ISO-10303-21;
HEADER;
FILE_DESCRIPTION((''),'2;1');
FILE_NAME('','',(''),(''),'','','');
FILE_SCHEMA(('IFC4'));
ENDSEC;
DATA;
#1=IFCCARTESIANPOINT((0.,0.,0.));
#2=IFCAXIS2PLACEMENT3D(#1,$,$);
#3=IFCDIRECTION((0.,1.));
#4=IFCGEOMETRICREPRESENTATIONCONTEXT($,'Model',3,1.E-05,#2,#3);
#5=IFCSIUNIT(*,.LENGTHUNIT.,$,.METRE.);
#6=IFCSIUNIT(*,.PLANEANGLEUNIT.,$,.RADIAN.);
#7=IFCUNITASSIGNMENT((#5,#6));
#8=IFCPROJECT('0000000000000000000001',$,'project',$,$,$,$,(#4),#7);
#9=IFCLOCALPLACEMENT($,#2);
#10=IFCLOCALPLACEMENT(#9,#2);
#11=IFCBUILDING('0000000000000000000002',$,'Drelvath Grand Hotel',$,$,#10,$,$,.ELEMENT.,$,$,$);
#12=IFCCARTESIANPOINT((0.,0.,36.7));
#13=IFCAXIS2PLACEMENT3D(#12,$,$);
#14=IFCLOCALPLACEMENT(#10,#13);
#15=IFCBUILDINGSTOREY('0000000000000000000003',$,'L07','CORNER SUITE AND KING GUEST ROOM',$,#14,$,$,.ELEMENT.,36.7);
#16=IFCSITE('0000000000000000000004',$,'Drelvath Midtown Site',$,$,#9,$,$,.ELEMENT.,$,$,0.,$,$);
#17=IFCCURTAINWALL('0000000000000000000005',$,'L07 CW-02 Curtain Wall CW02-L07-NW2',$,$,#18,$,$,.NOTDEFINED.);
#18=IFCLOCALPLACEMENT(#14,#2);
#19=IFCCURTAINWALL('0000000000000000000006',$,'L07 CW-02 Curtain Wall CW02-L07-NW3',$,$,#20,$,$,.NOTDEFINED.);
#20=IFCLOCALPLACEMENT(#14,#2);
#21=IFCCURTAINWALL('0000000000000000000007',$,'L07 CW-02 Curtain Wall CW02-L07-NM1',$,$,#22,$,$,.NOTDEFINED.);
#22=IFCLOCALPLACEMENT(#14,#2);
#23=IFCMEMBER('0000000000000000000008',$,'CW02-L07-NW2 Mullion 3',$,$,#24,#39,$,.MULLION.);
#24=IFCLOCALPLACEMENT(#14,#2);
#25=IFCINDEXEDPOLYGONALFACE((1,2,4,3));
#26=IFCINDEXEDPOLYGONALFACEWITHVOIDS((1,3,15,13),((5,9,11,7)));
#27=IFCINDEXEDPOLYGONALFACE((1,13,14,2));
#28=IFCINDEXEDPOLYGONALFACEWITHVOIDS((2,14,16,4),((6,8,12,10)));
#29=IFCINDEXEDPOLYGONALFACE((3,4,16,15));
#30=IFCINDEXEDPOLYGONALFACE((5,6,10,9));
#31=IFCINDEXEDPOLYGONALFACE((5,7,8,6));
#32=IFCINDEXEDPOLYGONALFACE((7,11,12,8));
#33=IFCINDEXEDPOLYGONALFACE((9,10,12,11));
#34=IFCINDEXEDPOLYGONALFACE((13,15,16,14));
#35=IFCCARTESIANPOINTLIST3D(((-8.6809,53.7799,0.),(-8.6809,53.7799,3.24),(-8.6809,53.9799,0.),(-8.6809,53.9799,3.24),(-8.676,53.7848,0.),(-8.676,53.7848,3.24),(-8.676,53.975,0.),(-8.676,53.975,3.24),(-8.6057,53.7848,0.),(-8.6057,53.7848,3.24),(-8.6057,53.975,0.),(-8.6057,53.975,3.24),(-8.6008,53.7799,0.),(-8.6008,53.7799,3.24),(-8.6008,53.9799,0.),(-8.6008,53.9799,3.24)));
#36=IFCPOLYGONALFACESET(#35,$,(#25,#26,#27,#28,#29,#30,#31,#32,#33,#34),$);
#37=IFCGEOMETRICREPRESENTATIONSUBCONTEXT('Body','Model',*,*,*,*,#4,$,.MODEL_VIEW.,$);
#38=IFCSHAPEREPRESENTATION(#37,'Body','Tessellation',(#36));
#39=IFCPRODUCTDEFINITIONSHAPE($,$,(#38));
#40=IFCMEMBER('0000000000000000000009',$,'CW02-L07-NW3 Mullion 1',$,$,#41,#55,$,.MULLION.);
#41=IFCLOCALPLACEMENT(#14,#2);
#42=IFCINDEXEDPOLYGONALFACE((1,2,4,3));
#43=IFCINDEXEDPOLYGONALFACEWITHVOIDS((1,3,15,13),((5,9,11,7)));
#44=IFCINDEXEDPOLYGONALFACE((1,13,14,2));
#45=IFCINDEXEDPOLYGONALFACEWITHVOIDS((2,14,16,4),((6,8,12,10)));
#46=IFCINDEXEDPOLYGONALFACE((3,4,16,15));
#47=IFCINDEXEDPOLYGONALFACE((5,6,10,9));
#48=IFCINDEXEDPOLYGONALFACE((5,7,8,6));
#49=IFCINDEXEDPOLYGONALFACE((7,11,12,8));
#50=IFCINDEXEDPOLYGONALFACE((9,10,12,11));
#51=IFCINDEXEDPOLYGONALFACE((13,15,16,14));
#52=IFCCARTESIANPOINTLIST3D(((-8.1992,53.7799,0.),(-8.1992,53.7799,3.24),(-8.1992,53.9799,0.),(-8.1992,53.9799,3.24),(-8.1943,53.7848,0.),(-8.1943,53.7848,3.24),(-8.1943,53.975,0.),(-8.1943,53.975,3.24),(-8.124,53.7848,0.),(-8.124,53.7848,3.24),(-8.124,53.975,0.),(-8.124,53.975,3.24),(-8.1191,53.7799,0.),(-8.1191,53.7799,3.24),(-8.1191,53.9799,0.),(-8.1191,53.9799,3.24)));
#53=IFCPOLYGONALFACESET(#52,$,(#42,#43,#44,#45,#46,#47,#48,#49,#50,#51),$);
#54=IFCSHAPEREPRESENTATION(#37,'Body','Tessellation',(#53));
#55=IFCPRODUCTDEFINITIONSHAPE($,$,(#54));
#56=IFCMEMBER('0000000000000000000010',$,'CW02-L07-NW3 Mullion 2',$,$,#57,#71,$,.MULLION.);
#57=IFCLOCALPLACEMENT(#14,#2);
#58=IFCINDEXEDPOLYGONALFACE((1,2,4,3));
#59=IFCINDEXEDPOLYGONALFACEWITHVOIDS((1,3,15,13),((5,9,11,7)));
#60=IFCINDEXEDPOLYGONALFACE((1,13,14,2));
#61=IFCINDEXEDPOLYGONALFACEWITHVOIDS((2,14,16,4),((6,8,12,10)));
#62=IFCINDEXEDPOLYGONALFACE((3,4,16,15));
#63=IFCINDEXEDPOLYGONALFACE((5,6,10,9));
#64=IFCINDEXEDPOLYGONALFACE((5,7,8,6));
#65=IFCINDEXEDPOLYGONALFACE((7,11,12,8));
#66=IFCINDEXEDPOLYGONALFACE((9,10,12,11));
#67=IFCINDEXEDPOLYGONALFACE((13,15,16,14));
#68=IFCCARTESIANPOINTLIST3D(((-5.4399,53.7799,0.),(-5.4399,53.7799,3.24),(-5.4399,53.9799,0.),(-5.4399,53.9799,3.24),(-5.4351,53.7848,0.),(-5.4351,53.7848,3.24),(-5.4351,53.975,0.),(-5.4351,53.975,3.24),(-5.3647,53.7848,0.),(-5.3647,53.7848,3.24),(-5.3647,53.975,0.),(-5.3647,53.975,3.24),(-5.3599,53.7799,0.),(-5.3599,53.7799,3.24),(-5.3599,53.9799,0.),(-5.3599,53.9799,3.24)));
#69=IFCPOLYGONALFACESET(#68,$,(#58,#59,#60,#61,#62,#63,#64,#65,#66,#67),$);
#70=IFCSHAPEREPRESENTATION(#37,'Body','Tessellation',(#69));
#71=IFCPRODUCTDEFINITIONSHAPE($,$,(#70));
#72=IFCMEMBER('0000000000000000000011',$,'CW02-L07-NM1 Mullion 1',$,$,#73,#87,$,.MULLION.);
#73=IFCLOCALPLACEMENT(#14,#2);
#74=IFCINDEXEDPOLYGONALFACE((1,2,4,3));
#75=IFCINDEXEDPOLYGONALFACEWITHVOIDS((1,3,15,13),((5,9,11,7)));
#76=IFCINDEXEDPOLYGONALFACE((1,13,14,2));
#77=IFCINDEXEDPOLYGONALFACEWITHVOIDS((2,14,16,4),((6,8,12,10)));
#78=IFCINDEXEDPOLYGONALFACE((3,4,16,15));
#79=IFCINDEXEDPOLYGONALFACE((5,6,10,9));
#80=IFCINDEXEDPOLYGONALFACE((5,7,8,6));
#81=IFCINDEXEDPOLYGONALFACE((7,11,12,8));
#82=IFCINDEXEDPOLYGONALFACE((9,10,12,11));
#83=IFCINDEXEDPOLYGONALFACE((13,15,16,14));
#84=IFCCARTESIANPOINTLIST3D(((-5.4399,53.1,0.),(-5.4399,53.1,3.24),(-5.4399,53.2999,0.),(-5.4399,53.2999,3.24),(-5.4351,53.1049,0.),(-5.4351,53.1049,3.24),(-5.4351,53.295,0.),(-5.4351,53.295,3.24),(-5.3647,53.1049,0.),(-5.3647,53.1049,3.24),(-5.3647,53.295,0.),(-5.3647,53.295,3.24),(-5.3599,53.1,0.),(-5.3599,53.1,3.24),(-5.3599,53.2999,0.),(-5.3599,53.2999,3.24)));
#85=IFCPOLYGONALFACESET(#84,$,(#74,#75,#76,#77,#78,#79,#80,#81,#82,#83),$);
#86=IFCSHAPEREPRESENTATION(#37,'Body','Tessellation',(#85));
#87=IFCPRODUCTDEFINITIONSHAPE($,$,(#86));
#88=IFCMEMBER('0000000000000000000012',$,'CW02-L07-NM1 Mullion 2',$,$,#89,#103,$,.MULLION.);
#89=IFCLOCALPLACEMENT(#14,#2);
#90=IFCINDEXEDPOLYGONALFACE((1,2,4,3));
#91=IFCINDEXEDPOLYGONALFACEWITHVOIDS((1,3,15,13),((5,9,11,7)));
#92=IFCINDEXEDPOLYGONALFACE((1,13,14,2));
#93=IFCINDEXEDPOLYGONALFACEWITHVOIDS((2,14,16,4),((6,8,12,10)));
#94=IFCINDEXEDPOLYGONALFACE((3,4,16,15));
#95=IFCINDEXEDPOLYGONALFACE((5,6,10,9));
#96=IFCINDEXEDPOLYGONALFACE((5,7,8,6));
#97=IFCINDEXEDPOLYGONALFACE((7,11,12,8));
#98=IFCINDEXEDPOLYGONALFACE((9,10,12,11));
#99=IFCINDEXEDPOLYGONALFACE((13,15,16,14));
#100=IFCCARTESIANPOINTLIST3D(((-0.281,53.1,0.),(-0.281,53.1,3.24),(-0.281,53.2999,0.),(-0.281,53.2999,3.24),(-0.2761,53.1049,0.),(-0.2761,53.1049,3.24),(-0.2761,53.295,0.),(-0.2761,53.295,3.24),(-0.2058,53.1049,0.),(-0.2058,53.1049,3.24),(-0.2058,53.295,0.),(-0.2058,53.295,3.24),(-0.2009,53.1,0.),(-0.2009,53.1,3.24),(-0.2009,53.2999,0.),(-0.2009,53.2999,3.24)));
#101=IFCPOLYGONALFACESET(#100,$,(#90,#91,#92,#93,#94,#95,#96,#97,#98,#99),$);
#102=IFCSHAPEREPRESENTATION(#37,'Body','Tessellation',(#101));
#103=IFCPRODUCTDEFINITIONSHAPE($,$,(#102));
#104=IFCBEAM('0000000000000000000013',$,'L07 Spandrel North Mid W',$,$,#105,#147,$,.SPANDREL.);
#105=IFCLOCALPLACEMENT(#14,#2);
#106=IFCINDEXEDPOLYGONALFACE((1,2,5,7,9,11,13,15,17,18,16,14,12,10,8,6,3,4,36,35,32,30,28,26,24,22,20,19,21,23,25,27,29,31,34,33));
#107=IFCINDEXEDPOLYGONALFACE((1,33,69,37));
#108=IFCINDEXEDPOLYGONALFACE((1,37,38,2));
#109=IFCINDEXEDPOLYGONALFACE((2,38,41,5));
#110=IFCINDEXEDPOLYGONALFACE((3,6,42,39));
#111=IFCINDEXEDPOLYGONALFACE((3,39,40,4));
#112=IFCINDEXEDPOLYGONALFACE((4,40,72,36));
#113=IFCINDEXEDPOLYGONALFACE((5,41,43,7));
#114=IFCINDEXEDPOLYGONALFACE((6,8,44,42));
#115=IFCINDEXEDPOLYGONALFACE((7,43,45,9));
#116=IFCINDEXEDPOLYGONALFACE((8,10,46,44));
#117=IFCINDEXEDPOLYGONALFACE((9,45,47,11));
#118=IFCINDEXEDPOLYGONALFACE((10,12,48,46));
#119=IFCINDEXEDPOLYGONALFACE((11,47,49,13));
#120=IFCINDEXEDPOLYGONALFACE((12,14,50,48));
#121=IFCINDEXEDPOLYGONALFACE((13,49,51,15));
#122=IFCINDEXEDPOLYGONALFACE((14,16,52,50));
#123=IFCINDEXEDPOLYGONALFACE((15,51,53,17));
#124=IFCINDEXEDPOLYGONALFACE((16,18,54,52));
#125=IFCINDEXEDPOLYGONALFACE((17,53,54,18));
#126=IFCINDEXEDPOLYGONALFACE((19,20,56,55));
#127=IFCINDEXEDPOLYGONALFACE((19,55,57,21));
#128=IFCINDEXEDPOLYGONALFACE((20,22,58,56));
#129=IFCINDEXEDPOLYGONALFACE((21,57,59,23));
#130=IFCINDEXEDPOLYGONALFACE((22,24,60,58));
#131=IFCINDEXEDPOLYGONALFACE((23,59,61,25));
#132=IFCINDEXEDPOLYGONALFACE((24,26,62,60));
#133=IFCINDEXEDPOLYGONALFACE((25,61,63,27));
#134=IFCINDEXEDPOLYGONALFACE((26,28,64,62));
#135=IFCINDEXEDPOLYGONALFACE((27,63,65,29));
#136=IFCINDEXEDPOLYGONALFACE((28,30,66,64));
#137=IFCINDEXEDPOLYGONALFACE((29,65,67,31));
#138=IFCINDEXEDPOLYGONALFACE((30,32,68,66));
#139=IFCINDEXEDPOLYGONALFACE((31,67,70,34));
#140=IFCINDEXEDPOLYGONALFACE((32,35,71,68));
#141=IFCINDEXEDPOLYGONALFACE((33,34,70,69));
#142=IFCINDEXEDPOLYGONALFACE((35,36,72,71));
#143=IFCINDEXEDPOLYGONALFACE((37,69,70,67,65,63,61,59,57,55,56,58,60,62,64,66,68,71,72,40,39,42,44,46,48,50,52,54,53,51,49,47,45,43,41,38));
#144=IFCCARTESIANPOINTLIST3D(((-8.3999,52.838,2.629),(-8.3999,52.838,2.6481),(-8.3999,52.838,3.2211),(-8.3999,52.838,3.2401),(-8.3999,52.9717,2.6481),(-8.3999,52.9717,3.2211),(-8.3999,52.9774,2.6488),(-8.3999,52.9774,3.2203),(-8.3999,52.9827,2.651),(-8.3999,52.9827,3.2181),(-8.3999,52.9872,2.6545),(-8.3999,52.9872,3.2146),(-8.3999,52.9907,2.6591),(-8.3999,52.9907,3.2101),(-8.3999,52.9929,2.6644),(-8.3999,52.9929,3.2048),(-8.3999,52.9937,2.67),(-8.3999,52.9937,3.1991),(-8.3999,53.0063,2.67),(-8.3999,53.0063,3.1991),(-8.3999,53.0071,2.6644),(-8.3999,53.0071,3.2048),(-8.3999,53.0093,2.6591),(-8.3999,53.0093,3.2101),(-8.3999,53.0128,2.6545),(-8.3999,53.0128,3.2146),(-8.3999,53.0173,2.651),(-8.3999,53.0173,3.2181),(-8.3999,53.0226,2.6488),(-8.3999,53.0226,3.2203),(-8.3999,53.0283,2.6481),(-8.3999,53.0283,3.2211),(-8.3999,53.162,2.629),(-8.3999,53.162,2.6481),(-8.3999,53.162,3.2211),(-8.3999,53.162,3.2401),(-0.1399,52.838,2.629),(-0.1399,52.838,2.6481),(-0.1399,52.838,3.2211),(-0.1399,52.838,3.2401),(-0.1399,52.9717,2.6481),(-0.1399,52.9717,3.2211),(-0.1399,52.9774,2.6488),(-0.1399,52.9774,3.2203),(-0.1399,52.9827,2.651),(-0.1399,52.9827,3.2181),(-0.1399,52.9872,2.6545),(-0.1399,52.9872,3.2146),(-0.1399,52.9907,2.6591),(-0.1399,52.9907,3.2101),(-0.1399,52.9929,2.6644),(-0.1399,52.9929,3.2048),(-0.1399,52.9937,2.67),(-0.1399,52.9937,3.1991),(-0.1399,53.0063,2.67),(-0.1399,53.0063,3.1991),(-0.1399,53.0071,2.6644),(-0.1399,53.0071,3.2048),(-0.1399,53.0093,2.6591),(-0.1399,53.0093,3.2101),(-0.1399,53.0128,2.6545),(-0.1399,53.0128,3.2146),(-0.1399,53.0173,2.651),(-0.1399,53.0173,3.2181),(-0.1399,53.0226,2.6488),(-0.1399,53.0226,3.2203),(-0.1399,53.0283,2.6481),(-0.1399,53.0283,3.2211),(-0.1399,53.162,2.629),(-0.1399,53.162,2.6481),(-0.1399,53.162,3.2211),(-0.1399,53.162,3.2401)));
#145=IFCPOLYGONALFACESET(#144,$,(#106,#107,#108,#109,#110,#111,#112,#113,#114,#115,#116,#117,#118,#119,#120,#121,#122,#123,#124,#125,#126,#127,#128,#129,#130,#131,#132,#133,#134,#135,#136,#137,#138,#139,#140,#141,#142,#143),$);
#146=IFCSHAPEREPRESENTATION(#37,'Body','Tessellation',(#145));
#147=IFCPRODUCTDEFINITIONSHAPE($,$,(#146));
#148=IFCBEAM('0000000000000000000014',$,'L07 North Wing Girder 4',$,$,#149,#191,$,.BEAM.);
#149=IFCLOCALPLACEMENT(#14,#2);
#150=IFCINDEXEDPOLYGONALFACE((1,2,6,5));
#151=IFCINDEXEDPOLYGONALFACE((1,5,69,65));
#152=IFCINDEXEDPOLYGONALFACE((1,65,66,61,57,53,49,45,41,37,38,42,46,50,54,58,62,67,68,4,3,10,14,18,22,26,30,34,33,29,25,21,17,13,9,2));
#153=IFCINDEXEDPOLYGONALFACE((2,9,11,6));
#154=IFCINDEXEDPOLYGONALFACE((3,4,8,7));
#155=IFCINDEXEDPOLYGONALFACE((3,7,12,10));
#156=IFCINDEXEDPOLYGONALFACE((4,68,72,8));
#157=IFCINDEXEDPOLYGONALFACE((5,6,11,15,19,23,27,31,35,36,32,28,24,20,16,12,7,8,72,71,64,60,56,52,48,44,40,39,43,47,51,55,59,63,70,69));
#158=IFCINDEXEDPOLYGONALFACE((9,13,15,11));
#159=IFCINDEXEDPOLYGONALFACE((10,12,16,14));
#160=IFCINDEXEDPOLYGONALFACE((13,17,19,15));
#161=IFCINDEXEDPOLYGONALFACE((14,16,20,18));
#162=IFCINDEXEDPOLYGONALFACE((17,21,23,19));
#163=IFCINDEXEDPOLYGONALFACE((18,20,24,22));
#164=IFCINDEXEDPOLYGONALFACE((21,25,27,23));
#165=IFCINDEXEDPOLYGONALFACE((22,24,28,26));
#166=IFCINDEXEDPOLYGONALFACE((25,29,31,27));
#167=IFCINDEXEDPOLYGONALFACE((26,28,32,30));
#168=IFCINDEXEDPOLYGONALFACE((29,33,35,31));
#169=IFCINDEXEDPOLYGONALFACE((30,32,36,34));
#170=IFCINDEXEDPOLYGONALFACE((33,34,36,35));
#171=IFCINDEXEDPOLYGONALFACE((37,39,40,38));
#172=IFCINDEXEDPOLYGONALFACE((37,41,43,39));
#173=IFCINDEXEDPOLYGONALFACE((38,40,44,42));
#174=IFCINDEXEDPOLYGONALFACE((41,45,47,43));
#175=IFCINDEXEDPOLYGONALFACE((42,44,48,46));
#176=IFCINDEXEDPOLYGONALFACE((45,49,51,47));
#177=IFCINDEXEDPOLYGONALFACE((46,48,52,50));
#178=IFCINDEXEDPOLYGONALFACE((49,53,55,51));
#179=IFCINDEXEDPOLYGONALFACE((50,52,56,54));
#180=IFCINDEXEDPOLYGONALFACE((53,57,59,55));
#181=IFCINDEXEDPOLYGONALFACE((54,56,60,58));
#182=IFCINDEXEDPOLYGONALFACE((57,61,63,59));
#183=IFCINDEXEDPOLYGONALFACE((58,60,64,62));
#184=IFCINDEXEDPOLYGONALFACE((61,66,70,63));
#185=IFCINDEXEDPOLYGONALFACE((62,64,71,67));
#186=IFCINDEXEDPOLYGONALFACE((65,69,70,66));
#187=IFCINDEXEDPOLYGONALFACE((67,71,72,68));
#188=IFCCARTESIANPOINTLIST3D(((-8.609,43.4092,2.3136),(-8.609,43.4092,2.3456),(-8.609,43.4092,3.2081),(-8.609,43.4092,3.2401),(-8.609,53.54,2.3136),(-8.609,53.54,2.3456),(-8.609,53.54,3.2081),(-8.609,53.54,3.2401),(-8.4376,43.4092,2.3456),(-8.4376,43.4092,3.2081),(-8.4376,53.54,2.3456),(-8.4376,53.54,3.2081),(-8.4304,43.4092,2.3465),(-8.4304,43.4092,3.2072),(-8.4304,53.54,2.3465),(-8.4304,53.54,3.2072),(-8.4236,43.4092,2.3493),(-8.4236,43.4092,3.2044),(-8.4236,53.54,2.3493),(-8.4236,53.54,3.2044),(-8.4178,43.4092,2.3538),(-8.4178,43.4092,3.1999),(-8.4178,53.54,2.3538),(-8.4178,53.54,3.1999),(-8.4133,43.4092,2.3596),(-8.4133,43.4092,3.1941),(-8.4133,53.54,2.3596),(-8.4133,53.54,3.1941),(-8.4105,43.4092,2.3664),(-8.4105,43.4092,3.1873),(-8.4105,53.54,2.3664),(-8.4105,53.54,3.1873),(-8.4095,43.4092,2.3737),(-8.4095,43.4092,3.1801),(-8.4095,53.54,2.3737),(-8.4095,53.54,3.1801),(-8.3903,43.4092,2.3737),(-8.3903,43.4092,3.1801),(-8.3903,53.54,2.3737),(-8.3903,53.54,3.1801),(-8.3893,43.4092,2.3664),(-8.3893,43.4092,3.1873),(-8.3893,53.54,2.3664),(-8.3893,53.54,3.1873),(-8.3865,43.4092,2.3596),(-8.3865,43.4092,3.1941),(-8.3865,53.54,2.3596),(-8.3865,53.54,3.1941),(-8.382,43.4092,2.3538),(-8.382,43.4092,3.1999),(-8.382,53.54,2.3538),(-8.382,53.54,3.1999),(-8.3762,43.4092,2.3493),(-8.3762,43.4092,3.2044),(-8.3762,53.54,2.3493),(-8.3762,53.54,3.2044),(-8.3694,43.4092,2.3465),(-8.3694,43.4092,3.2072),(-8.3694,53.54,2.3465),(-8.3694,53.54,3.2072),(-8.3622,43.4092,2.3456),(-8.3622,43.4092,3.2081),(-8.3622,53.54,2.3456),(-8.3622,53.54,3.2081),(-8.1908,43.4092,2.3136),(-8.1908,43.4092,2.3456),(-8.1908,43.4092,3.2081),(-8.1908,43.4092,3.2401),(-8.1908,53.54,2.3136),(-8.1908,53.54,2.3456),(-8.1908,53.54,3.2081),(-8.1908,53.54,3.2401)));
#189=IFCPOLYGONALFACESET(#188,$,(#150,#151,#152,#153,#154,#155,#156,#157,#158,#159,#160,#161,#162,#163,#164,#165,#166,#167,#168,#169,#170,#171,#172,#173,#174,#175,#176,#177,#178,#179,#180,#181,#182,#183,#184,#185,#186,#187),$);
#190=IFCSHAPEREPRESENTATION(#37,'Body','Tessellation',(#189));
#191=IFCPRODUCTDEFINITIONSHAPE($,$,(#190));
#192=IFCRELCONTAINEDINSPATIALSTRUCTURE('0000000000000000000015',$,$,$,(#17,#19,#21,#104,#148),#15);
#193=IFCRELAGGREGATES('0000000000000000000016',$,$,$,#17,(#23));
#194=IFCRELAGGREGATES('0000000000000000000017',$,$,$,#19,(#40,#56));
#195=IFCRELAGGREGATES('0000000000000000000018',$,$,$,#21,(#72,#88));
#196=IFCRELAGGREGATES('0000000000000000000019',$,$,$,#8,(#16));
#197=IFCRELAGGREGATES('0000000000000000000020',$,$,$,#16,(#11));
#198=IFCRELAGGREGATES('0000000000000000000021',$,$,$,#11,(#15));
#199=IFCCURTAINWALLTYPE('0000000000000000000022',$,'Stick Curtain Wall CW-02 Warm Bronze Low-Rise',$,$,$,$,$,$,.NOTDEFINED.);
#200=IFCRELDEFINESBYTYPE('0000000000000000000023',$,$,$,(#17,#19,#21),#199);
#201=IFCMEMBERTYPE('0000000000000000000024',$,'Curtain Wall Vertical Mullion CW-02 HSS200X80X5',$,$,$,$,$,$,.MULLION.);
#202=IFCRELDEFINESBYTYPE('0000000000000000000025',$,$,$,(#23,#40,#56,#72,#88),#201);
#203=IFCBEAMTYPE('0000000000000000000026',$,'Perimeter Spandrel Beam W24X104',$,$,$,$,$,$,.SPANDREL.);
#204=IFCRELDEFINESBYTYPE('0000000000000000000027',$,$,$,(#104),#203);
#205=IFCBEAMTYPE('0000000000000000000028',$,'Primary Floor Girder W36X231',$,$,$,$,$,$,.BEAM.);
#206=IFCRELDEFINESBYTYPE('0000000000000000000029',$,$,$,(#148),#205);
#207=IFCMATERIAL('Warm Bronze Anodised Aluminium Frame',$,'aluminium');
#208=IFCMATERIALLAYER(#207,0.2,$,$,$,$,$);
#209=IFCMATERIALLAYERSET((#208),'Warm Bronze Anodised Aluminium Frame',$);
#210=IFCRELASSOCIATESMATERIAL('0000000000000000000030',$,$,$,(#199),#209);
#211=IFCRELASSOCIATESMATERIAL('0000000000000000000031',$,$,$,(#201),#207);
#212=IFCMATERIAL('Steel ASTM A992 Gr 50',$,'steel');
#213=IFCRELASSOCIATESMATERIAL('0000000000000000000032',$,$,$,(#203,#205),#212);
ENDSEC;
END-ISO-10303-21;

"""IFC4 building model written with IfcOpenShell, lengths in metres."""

from ifc_helpers import new_model, si_unit, direction, frame, origin, origin_2d, place, context, subcontext, project, spatial, hollow_rectangle, i_section, extrude, material, layer, layer_set, material_profile, profile_set, type_object, element, aggregate, save


model = new_model("IFC4")

# Units and contexts
model_context = context("Model", 3, precision=1e-05, world=origin(), true_north=direction((0.0, 1.0)))
body_context = subcontext(model_context, "Body", "Model", "MODEL_VIEW")
ifc_project = project(units=[si_unit("LENGTHUNIT", "METRE"), si_unit("PLANEANGLEUNIT", "RADIAN")], contexts=[model_context])

# Site, building, storey
site_placement = place(None, origin())
site = spatial("IfcSite", under=ifc_project, at=site_placement, Name="Drelvath Midtown Site", CompositionType="ELEMENT", RefElevation=0.0)
building_placement = place(site_placement, origin())
building = spatial("IfcBuilding", under=site, at=building_placement, Name="Drelvath Grand Hotel", CompositionType="ELEMENT")
storey_placement = place(building_placement, frame((0.0, 0.0, 36.7)))
storey = spatial("IfcBuildingStorey", under=building, at=storey_placement, Name="L07", Description="CORNER SUITE AND KING GUEST ROOM", CompositionType="ELEMENT", Elevation=36.7)

# Curtain walls
ifc_material_1 = material(Name="Warm Bronze Anodised Aluminium Frame", Category="aluminium")
ifc_layer_1 = layer(ifc_material_1, 0.2)
ifc_layer_set_1 = layer_set([ifc_layer_1], Name="Warm Bronze Anodised Aluminium Frame")
curtain_wall_type = type_object("IfcCurtainWallType", Name="Stick Curtain Wall CW-02 Warm Bronze Low-Rise", PredefinedType="NOTDEFINED", material=ifc_layer_set_1)
curtain_wall_1_placement = place(storey_placement, origin())
curtain_wall_1 = element("IfcCurtainWall", 1, at=curtain_wall_1_placement, inside=storey, type_object=curtain_wall_type, Name="L07 CW-02 Curtain Wall CW02-L07-NW2", PredefinedType="NOTDEFINED")
curtain_wall_2_placement = place(storey_placement, origin())
curtain_wall_2 = element("IfcCurtainWall", 2, at=curtain_wall_2_placement, inside=storey, type_object=curtain_wall_type, Name="L07 CW-02 Curtain Wall CW02-L07-NW3", PredefinedType="NOTDEFINED")
curtain_wall_3_placement = place(storey_placement, origin())
curtain_wall_3 = element("IfcCurtainWall", 3, at=curtain_wall_3_placement, inside=storey, type_object=curtain_wall_type, Name="L07 CW-02 Curtain Wall CW02-L07-NM1", PredefinedType="NOTDEFINED")

# Members
ifc_material_profile_1 = material_profile(ifc_material_1, hollow_rectangle(XDim=0.0801, YDim=0.2, WallThickness=0.0049, at=origin_2d()), Name="HSS200X80X5")
ifc_profile_set_1 = profile_set([ifc_material_profile_1], Name="Warm Bronze Anodised Aluminium Frame")
member_type_1 = type_object("IfcMemberType", Name="Curtain Wall Vertical Mullion CW-02 HSS200X80X5", PredefinedType="MULLION", material=ifc_profile_set_1)
member_1_placement = place(storey_placement, frame((-8.6409, 53.8799, 0.0), z_axis=(0.0, 0.0, 1.0), x_axis=(1.0, 0.0, 0.0)))
member_1 = element("IfcMember", 4, at=member_1_placement, type_object=member_type_1, Name="CW02-L07-NW2 Mullion 3", PredefinedType="MULLION", context=body_context, shape_type="SweptSolid", body=[
    extrude(hollow_rectangle(XDim=0.0801, YDim=0.2, WallThickness=0.0049, at=origin_2d()), origin(), (0.0, 0.0, 1.0), 3.24),
])
member_2_placement = place(storey_placement, frame((-8.1592, 53.8799, 0.0), z_axis=(0.0, 0.0, 1.0), x_axis=(1.0, 0.0, 0.0)))
member_2 = element("IfcMember", 5, at=member_2_placement, type_object=member_type_1, Name="CW02-L07-NW3 Mullion 1", PredefinedType="MULLION", context=body_context, shape_type="SweptSolid", body=[
    extrude(hollow_rectangle(XDim=0.0801, YDim=0.2, WallThickness=0.0049, at=origin_2d()), origin(), (0.0, 0.0, 1.0), 3.24),
])
member_3_placement = place(storey_placement, frame((-5.3999, 53.8799, 0.0), z_axis=(0.0, 0.0, 1.0), x_axis=(1.0, 0.0, 0.0)))
member_3 = element("IfcMember", 6, at=member_3_placement, type_object=member_type_1, Name="CW02-L07-NW3 Mullion 2", PredefinedType="MULLION", context=body_context, shape_type="SweptSolid", body=[
    extrude(hollow_rectangle(XDim=0.0801, YDim=0.2, WallThickness=0.0049, at=origin_2d()), origin(), (0.0, 0.0, 1.0), 3.24),
])
member_4_placement = place(storey_placement, frame((-5.3999, 53.2, 0.0), z_axis=(0.0, 0.0, 1.0), x_axis=(1.0, 0.0, 0.0)))
member_4 = element("IfcMember", 7, at=member_4_placement, type_object=member_type_1, Name="CW02-L07-NM1 Mullion 1", PredefinedType="MULLION", context=body_context, shape_type="SweptSolid", body=[
    extrude(hollow_rectangle(XDim=0.0801, YDim=0.2, WallThickness=0.0049, at=origin_2d()), origin(), (0.0, 0.0, 1.0), 3.24),
])
member_5_placement = place(storey_placement, frame((-0.241, 53.2, 0.0), z_axis=(0.0, 0.0, 1.0), x_axis=(1.0, 0.0, 0.0)))
member_5 = element("IfcMember", 8, at=member_5_placement, type_object=member_type_1, Name="CW02-L07-NM1 Mullion 2", PredefinedType="MULLION", context=body_context, shape_type="SweptSolid", body=[
    extrude(hollow_rectangle(XDim=0.0801, YDim=0.2, WallThickness=0.0049, at=origin_2d()), origin(), (0.0, 0.0, 1.0), 3.24),
])

# Beams
ifc_material_2 = material(Name="Steel ASTM A992 Gr 50", Category="steel")
ifc_material_profile_2 = material_profile(ifc_material_2, i_section(OverallWidth=0.324, OverallDepth=0.6111, WebThickness=0.0127, FlangeThickness=0.019, FilletRadius=0.022, at=origin_2d()), Name="W24X104")
ifc_profile_set_2 = profile_set([ifc_material_profile_2], Name="Steel ASTM A992 Gr 50")
beam_type_1 = type_object("IfcBeamType", Name="Perimeter Spandrel Beam W24X104", PredefinedType="SPANDREL", material=ifc_profile_set_2)
beam_1_placement = place(storey_placement, frame((-8.3999, 53.0, 2.9346), z_axis=(1.0, 0.0, 0.0), x_axis=(0.0, 1.0, 0.0)))
element("IfcBeam", 9, at=beam_1_placement, inside=storey, type_object=beam_type_1, Name="L07 Spandrel North Mid W", PredefinedType="SPANDREL", context=body_context, shape_type="SweptSolid", body=[
    extrude(i_section(OverallWidth=0.324, OverallDepth=0.6111, WebThickness=0.0127, FlangeThickness=0.019, FilletRadius=0.022, at=origin_2d()), origin(), (0.0, 0.0, 1.0), 8.26),
])
ifc_material_profile_3 = material_profile(ifc_material_2, i_section(OverallWidth=0.4182, OverallDepth=0.9265, WebThickness=0.0193, FlangeThickness=0.032, FilletRadius=0.0281, at=origin_2d()), Name="W36X231")
ifc_profile_set_3 = profile_set([ifc_material_profile_3], Name="Steel ASTM A992 Gr 50")
beam_type_2 = type_object("IfcBeamType", Name="Primary Floor Girder W36X231", PredefinedType="BEAM", material=ifc_profile_set_3)
beam_2_placement = place(storey_placement, frame((-8.3999, 43.4092, 2.7769), z_axis=(0.0, 1.0, 0.0), x_axis=(-1.0, 0.0, 0.0)))
element("IfcBeam", 10, at=beam_2_placement, inside=storey, type_object=beam_type_2, Name="L07 North Wing Girder 4", PredefinedType="BEAM", context=body_context, shape_type="SweptSolid", body=[
    extrude(i_section(OverallWidth=0.4182, OverallDepth=0.9265, WebThickness=0.0193, FlangeThickness=0.032, FilletRadius=0.0281, at=origin_2d()), origin(), (0.0, 0.0, 1.0), 10.1309),
])

aggregate(curtain_wall_1, [member_1])
aggregate(curtain_wall_2, [member_2, member_3])
aggregate(curtain_wall_3, [member_4, member_5])

save(model, "model.ifc")
